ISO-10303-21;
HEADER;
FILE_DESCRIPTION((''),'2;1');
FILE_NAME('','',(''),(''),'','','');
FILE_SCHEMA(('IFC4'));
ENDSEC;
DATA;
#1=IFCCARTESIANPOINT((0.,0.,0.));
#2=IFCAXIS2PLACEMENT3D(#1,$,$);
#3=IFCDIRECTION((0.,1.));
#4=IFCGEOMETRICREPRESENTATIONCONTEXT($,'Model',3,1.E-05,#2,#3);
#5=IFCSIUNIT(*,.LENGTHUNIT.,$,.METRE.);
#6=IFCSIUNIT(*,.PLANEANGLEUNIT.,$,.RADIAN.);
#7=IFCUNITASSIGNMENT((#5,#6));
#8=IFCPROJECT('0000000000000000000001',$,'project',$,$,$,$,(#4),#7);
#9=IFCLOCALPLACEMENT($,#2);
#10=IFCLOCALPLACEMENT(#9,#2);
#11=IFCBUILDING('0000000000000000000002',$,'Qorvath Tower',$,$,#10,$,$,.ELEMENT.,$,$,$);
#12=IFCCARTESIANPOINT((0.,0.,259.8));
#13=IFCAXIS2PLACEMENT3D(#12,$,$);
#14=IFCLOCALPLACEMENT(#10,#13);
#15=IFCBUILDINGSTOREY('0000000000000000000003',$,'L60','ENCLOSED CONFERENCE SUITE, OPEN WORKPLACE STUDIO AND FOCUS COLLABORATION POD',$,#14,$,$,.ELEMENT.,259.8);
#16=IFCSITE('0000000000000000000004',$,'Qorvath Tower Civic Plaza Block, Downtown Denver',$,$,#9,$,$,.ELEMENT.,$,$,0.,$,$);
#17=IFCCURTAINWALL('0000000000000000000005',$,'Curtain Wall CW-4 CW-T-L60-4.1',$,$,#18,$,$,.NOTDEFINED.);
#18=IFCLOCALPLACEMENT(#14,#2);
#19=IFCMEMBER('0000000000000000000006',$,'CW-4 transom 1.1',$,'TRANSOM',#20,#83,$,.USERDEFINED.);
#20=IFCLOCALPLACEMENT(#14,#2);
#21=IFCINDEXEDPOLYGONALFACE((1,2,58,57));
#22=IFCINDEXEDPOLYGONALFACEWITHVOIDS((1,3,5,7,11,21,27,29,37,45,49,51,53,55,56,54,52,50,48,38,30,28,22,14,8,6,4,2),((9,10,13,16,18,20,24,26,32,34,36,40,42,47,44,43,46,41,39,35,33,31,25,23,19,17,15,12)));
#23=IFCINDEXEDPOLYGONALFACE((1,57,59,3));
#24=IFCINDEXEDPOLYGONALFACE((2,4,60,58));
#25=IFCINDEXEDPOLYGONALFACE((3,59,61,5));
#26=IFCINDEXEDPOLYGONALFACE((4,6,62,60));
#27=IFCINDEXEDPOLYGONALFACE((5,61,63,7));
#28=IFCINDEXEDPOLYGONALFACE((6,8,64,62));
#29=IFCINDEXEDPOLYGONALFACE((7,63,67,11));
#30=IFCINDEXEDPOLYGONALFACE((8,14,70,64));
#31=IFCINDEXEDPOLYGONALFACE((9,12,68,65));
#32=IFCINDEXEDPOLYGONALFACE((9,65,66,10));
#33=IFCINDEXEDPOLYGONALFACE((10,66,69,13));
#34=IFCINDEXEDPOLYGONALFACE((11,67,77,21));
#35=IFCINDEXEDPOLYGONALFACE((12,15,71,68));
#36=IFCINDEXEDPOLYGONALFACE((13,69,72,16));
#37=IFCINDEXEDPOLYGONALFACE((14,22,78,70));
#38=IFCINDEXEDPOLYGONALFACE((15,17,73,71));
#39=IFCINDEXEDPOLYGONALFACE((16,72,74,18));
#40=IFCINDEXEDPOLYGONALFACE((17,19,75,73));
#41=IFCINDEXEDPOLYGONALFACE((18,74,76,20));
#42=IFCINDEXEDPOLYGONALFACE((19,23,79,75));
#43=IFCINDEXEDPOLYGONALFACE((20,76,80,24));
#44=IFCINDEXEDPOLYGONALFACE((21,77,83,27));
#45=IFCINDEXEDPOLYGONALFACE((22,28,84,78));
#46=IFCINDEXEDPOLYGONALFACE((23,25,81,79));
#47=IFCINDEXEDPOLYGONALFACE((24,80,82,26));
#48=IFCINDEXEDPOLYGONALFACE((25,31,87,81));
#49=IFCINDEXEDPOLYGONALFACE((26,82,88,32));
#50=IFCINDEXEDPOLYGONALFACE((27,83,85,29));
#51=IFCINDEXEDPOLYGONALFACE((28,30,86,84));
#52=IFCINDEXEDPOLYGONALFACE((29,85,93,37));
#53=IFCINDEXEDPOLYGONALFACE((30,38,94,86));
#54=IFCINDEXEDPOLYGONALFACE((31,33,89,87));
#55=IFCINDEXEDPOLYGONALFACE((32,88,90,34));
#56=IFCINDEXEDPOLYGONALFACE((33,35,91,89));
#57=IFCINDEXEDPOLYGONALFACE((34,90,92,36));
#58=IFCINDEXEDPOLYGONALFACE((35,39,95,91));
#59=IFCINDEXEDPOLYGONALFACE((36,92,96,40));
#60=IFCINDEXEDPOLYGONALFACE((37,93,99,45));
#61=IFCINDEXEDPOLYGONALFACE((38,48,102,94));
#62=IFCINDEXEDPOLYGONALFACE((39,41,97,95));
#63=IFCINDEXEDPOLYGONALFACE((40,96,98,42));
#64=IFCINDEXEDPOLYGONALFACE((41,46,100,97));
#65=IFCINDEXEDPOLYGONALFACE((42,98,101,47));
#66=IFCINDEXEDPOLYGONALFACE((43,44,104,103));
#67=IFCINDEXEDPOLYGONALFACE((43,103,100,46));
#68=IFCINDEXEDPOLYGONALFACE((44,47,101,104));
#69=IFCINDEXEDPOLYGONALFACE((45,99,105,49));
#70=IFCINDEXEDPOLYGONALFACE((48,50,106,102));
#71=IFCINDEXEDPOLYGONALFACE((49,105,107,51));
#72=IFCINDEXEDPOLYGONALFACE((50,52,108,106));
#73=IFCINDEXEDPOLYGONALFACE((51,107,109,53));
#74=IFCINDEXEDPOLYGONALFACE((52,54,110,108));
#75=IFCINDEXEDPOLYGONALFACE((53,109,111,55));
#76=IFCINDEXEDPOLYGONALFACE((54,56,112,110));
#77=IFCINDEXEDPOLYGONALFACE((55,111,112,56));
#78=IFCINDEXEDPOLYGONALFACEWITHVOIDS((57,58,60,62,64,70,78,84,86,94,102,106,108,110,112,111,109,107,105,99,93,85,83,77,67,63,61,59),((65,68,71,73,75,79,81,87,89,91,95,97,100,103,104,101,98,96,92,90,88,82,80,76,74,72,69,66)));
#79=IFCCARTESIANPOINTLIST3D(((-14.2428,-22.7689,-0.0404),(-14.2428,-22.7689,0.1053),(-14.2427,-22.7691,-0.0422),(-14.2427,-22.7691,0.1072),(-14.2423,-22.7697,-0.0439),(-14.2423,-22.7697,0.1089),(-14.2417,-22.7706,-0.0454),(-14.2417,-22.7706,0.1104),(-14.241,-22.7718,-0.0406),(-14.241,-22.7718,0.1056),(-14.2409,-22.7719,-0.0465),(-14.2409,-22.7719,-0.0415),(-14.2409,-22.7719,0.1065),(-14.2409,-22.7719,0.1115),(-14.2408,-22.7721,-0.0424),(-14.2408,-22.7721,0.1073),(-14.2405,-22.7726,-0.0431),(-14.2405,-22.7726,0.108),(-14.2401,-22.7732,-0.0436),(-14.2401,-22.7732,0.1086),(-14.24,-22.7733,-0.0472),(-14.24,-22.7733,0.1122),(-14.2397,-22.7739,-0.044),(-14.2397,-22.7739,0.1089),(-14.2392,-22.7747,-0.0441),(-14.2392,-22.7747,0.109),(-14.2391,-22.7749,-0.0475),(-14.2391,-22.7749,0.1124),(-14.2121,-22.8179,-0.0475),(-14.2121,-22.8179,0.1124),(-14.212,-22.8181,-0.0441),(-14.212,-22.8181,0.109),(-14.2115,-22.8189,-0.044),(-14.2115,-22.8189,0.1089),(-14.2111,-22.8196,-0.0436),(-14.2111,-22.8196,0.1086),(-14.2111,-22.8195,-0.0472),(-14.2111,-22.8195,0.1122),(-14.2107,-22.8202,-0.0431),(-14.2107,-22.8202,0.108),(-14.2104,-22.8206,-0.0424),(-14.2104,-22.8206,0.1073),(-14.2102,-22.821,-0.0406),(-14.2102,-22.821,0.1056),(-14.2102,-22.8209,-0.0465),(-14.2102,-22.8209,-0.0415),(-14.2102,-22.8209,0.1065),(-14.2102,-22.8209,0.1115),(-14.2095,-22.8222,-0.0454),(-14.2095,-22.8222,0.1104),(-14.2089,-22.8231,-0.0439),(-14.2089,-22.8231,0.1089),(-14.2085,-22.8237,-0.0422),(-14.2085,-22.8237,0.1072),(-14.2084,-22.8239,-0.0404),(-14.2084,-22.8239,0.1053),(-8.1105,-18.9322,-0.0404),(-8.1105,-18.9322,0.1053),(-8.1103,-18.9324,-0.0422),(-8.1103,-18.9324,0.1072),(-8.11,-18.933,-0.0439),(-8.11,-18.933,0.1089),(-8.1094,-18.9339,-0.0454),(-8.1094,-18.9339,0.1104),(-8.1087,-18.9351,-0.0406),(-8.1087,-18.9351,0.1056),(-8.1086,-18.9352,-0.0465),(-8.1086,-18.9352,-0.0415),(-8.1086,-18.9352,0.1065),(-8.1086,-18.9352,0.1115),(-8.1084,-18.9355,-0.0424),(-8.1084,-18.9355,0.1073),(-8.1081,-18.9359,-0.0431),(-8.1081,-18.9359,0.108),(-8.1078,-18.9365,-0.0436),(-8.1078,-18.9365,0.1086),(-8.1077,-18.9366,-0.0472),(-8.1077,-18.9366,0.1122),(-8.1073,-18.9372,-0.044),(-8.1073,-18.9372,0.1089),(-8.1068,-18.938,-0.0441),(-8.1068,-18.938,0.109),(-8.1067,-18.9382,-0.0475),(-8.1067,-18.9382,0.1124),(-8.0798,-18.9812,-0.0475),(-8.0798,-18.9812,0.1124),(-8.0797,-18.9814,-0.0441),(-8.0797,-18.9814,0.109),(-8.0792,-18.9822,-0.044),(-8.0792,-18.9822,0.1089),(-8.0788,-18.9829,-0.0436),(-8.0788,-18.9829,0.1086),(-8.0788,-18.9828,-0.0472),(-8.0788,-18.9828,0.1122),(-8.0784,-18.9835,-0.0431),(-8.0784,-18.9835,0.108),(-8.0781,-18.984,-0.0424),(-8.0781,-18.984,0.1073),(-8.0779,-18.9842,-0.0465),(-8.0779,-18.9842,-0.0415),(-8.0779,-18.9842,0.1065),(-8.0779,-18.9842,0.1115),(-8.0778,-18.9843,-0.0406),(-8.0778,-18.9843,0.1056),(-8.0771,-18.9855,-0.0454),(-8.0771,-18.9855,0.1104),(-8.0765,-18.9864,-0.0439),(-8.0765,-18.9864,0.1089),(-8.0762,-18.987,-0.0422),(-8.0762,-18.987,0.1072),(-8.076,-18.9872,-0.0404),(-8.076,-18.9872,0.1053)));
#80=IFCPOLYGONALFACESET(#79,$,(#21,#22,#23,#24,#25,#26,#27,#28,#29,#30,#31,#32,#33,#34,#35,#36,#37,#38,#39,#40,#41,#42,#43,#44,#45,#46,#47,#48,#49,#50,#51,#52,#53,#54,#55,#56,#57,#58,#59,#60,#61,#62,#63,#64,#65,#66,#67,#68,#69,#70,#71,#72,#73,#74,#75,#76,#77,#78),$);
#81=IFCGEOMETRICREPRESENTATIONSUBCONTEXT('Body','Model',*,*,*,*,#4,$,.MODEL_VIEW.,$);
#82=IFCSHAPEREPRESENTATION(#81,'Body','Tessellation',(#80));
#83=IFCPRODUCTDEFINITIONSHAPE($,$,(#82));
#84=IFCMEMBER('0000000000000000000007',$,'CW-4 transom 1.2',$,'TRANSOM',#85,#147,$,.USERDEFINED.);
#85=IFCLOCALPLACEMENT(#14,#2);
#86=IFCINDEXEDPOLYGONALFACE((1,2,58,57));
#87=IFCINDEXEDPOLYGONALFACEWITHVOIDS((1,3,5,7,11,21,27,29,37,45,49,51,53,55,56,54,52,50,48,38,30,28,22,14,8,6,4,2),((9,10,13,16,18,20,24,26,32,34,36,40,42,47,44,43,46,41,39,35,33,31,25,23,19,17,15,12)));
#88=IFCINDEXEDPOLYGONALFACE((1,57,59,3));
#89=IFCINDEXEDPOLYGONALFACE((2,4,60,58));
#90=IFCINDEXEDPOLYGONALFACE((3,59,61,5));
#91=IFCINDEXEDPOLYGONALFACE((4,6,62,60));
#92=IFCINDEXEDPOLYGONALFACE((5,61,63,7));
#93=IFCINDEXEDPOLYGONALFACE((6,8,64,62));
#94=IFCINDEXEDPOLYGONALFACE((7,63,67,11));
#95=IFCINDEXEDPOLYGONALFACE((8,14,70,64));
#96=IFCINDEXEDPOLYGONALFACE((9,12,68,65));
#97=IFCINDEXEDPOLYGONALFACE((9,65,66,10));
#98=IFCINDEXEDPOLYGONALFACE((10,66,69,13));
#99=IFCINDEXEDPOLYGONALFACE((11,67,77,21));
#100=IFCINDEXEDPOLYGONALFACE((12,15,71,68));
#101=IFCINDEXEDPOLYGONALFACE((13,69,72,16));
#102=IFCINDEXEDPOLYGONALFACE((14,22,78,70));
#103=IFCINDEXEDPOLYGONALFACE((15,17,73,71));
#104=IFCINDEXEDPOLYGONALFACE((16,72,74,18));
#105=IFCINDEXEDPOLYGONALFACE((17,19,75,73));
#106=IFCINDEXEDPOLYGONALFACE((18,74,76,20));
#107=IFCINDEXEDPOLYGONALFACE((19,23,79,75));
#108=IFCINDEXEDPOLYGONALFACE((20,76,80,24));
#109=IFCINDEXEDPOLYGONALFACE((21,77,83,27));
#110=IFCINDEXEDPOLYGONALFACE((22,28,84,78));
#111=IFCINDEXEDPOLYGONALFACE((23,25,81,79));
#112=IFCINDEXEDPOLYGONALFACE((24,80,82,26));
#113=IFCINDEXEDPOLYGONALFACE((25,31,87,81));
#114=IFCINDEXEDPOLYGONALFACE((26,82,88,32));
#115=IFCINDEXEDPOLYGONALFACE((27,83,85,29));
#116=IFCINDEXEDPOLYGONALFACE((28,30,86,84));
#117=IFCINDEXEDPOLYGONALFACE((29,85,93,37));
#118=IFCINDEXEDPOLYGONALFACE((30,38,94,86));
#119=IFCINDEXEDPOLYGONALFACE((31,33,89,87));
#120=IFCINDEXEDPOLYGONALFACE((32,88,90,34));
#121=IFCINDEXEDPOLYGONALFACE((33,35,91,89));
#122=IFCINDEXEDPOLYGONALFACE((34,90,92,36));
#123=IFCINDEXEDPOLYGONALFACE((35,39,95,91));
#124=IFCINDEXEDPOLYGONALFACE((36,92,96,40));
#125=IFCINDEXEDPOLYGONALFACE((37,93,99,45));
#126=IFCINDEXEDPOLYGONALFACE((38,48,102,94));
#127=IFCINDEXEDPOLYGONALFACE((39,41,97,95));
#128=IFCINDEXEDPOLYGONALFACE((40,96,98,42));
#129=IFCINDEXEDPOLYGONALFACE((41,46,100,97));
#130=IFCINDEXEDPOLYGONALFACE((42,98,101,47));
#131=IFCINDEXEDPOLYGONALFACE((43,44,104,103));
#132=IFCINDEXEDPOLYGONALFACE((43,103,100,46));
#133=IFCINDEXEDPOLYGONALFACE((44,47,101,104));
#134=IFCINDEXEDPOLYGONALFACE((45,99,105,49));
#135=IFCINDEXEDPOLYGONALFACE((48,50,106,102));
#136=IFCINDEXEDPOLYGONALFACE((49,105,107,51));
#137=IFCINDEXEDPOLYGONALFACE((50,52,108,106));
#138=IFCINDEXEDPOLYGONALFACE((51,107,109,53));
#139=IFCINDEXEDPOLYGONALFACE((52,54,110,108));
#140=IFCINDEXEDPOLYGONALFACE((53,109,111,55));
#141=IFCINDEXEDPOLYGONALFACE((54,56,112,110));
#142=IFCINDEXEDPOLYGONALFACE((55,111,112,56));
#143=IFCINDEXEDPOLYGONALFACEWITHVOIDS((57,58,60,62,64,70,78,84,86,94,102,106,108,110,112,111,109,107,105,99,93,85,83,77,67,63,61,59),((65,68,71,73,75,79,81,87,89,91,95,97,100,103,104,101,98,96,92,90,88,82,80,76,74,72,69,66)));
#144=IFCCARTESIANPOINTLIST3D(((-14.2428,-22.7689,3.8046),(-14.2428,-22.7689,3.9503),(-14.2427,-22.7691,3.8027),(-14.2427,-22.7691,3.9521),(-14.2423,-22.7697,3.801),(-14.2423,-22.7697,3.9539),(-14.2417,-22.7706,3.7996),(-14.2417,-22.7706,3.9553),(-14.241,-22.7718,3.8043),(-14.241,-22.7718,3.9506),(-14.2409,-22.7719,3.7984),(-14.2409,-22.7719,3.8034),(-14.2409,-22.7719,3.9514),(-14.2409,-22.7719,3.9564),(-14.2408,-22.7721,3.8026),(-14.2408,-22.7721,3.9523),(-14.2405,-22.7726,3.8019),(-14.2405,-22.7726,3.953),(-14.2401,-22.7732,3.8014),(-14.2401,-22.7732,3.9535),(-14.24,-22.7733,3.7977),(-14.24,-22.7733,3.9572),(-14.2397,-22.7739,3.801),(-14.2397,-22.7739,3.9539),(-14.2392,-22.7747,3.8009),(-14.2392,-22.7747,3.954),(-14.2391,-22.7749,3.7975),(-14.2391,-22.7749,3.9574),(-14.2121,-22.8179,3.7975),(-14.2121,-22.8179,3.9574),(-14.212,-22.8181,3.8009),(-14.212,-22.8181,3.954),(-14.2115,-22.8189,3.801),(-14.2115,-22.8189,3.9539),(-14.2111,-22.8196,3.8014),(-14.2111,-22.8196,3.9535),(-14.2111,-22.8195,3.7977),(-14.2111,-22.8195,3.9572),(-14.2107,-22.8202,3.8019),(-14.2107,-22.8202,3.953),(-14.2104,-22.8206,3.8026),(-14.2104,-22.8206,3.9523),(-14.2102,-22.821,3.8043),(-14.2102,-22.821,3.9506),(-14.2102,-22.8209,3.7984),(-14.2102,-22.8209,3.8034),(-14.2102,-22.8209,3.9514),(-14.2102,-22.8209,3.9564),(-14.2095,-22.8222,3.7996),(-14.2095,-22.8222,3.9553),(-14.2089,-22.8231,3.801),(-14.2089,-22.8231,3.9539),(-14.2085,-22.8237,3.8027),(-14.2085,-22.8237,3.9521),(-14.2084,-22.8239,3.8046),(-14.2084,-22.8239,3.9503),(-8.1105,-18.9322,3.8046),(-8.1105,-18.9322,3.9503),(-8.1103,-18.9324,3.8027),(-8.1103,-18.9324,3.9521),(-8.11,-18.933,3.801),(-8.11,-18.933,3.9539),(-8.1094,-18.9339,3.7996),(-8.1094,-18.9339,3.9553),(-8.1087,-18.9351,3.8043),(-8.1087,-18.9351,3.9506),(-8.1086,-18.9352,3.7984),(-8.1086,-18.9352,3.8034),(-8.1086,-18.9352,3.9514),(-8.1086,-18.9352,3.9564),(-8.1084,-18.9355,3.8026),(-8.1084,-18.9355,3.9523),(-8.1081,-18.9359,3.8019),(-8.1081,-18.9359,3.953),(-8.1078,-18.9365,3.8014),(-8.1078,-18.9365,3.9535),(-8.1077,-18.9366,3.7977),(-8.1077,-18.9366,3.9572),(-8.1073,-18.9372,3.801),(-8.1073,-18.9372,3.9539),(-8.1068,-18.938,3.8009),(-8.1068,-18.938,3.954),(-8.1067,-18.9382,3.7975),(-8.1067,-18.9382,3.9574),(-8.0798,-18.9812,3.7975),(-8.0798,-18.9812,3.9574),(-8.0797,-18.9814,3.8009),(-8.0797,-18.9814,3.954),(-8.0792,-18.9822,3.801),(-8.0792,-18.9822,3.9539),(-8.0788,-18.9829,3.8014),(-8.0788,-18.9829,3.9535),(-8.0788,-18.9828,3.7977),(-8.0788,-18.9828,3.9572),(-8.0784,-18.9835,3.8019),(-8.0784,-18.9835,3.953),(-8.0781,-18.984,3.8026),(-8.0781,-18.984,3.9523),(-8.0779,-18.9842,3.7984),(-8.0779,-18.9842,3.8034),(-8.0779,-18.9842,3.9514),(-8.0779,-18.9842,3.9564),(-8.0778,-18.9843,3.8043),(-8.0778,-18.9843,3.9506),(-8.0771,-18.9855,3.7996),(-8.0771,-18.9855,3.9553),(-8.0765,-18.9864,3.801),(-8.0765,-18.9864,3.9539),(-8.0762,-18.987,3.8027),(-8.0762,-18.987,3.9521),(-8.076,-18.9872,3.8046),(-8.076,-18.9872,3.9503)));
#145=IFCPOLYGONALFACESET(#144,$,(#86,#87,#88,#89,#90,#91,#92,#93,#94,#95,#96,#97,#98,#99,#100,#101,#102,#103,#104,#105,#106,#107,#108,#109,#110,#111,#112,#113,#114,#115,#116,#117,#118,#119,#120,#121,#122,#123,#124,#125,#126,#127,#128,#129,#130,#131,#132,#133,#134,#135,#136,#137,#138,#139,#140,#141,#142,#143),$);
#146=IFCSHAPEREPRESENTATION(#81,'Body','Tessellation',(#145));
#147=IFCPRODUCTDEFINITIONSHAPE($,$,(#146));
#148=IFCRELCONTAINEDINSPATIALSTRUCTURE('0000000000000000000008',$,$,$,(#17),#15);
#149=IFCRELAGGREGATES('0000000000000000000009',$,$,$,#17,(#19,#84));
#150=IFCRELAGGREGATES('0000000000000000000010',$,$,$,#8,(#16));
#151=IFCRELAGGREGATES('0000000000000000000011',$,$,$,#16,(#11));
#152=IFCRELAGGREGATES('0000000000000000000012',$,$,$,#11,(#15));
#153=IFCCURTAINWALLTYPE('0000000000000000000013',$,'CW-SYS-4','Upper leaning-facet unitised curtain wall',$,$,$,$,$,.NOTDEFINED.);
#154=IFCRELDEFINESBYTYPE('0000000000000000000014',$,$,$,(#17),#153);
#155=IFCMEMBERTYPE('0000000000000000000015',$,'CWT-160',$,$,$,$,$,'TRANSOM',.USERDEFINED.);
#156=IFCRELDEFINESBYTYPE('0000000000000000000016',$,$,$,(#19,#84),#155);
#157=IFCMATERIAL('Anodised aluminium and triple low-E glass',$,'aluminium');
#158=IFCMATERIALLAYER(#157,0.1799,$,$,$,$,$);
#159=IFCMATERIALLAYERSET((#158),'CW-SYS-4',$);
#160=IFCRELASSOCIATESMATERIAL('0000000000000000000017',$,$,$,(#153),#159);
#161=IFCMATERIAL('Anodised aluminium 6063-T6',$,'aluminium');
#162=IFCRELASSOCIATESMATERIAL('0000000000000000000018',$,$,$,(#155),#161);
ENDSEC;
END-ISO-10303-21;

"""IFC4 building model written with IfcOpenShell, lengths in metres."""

from ifc_helpers import new_model, si_unit, direction, frame, origin, origin_2d, place, context, subcontext, project, spatial, hollow_rectangle, extrude, material, layer, layer_set, material_profile, profile_set, type_object, element, aggregate, save


model = new_model("IFC4")

# Units and contexts
model_context = context("Model", 3, precision=1e-05, world=origin(), true_north=direction((0.0, 1.0)))
body_context = subcontext(model_context, "Body", "Model", "MODEL_VIEW")
ifc_project = project(units=[si_unit("LENGTHUNIT", "METRE"), si_unit("PLANEANGLEUNIT", "RADIAN")], contexts=[model_context])

# Site, building, storey
site_placement = place(None, origin())
site = spatial("IfcSite", under=ifc_project, at=site_placement, Name="Qorvath Tower Civic Plaza Block, Downtown Denver", CompositionType="ELEMENT", RefElevation=0.0)
building_placement = place(site_placement, origin())
building = spatial("IfcBuilding", under=site, at=building_placement, Name="Qorvath Tower", CompositionType="ELEMENT")
storey_placement = place(building_placement, frame((0.0, 0.0, 259.8)))
storey = spatial("IfcBuildingStorey", under=building, at=storey_placement, Name="L60", Description="ENCLOSED CONFERENCE SUITE, OPEN WORKPLACE STUDIO AND FOCUS COLLABORATION POD", CompositionType="ELEMENT", Elevation=259.8)

# Shared definitions
ifc_material_1 = material(Name="Anodised aluminium and triple low-E glass", Category="aluminium")
ifc_layer_1 = layer(ifc_material_1, 0.1799)
ifc_layer_set_1 = layer_set([ifc_layer_1], Name="CW-SYS-4")
curtain_wall_type = type_object("IfcCurtainWallType", Name="CW-SYS-4", Description="Upper leaning-facet unitised curtain wall", PredefinedType="NOTDEFINED", material=ifc_layer_set_1)

# Curtain wall
curtain_wall_1_placement = place(storey_placement, origin())
curtain_wall_1 = element("IfcCurtainWall", 1, at=curtain_wall_1_placement, inside=storey, type_object=curtain_wall_type, Name="Curtain Wall CW-4 CW-T-L60-4.1", PredefinedType="NOTDEFINED")

# Members
ifc_material_2 = material(Name="Anodised aluminium 6063-T6", Category="aluminium")
ifc_material_profile_1 = material_profile(ifc_material_2, hollow_rectangle(XDim=0.0649, YDim=0.1599, WallThickness=0.0034, InnerFilletRadius=0.0034, OuterFilletRadius=0.0071, at=origin_2d()), Name="CWT 160x65")
ifc_profile_set_1 = profile_set([ifc_material_profile_1], Name="Anodised aluminium 6063-T6")
member_type_1 = type_object("IfcMemberType", Name="CWT-160", ElementType="TRANSOM", PredefinedType="USERDEFINED", material=ifc_profile_set_1)
member_1_placement = place(storey_placement, frame((-14.2256, -22.7964, 0.0325), z_axis=(0.847752, 0.530393, 0.0), x_axis=(-0.530393, 0.847752, 0.0)))
member_1 = element("IfcMember", 2, at=member_1_placement, type_object=member_type_1, Name="CW-4 transom 1.1", ObjectType="TRANSOM", PredefinedType="USERDEFINED", context=body_context, shape_type="SweptSolid", body=[
    extrude(hollow_rectangle(XDim=0.0649, YDim=0.1599, WallThickness=0.0034, InnerFilletRadius=0.0034, OuterFilletRadius=0.0071, at=origin_2d()), origin(), (0.0, 0.0, 1.0), 7.2336),
])
member_2_placement = place(storey_placement, frame((-14.2256, -22.7964, 3.8774), z_axis=(0.847752, 0.530393, 0.0), x_axis=(-0.530393, 0.847752, 0.0)))
member_2 = element("IfcMember", 3, at=member_2_placement, type_object=member_type_1, Name="CW-4 transom 1.2", ObjectType="TRANSOM", PredefinedType="USERDEFINED", context=body_context, shape_type="SweptSolid", body=[
    extrude(hollow_rectangle(XDim=0.0649, YDim=0.1599, WallThickness=0.0034, InnerFilletRadius=0.0034, OuterFilletRadius=0.0071, at=origin_2d()), origin(), (0.0, 0.0, 1.0), 7.2336),
])

aggregate(curtain_wall_1, [member_1, member_2])

save(model, "model.ifc")
